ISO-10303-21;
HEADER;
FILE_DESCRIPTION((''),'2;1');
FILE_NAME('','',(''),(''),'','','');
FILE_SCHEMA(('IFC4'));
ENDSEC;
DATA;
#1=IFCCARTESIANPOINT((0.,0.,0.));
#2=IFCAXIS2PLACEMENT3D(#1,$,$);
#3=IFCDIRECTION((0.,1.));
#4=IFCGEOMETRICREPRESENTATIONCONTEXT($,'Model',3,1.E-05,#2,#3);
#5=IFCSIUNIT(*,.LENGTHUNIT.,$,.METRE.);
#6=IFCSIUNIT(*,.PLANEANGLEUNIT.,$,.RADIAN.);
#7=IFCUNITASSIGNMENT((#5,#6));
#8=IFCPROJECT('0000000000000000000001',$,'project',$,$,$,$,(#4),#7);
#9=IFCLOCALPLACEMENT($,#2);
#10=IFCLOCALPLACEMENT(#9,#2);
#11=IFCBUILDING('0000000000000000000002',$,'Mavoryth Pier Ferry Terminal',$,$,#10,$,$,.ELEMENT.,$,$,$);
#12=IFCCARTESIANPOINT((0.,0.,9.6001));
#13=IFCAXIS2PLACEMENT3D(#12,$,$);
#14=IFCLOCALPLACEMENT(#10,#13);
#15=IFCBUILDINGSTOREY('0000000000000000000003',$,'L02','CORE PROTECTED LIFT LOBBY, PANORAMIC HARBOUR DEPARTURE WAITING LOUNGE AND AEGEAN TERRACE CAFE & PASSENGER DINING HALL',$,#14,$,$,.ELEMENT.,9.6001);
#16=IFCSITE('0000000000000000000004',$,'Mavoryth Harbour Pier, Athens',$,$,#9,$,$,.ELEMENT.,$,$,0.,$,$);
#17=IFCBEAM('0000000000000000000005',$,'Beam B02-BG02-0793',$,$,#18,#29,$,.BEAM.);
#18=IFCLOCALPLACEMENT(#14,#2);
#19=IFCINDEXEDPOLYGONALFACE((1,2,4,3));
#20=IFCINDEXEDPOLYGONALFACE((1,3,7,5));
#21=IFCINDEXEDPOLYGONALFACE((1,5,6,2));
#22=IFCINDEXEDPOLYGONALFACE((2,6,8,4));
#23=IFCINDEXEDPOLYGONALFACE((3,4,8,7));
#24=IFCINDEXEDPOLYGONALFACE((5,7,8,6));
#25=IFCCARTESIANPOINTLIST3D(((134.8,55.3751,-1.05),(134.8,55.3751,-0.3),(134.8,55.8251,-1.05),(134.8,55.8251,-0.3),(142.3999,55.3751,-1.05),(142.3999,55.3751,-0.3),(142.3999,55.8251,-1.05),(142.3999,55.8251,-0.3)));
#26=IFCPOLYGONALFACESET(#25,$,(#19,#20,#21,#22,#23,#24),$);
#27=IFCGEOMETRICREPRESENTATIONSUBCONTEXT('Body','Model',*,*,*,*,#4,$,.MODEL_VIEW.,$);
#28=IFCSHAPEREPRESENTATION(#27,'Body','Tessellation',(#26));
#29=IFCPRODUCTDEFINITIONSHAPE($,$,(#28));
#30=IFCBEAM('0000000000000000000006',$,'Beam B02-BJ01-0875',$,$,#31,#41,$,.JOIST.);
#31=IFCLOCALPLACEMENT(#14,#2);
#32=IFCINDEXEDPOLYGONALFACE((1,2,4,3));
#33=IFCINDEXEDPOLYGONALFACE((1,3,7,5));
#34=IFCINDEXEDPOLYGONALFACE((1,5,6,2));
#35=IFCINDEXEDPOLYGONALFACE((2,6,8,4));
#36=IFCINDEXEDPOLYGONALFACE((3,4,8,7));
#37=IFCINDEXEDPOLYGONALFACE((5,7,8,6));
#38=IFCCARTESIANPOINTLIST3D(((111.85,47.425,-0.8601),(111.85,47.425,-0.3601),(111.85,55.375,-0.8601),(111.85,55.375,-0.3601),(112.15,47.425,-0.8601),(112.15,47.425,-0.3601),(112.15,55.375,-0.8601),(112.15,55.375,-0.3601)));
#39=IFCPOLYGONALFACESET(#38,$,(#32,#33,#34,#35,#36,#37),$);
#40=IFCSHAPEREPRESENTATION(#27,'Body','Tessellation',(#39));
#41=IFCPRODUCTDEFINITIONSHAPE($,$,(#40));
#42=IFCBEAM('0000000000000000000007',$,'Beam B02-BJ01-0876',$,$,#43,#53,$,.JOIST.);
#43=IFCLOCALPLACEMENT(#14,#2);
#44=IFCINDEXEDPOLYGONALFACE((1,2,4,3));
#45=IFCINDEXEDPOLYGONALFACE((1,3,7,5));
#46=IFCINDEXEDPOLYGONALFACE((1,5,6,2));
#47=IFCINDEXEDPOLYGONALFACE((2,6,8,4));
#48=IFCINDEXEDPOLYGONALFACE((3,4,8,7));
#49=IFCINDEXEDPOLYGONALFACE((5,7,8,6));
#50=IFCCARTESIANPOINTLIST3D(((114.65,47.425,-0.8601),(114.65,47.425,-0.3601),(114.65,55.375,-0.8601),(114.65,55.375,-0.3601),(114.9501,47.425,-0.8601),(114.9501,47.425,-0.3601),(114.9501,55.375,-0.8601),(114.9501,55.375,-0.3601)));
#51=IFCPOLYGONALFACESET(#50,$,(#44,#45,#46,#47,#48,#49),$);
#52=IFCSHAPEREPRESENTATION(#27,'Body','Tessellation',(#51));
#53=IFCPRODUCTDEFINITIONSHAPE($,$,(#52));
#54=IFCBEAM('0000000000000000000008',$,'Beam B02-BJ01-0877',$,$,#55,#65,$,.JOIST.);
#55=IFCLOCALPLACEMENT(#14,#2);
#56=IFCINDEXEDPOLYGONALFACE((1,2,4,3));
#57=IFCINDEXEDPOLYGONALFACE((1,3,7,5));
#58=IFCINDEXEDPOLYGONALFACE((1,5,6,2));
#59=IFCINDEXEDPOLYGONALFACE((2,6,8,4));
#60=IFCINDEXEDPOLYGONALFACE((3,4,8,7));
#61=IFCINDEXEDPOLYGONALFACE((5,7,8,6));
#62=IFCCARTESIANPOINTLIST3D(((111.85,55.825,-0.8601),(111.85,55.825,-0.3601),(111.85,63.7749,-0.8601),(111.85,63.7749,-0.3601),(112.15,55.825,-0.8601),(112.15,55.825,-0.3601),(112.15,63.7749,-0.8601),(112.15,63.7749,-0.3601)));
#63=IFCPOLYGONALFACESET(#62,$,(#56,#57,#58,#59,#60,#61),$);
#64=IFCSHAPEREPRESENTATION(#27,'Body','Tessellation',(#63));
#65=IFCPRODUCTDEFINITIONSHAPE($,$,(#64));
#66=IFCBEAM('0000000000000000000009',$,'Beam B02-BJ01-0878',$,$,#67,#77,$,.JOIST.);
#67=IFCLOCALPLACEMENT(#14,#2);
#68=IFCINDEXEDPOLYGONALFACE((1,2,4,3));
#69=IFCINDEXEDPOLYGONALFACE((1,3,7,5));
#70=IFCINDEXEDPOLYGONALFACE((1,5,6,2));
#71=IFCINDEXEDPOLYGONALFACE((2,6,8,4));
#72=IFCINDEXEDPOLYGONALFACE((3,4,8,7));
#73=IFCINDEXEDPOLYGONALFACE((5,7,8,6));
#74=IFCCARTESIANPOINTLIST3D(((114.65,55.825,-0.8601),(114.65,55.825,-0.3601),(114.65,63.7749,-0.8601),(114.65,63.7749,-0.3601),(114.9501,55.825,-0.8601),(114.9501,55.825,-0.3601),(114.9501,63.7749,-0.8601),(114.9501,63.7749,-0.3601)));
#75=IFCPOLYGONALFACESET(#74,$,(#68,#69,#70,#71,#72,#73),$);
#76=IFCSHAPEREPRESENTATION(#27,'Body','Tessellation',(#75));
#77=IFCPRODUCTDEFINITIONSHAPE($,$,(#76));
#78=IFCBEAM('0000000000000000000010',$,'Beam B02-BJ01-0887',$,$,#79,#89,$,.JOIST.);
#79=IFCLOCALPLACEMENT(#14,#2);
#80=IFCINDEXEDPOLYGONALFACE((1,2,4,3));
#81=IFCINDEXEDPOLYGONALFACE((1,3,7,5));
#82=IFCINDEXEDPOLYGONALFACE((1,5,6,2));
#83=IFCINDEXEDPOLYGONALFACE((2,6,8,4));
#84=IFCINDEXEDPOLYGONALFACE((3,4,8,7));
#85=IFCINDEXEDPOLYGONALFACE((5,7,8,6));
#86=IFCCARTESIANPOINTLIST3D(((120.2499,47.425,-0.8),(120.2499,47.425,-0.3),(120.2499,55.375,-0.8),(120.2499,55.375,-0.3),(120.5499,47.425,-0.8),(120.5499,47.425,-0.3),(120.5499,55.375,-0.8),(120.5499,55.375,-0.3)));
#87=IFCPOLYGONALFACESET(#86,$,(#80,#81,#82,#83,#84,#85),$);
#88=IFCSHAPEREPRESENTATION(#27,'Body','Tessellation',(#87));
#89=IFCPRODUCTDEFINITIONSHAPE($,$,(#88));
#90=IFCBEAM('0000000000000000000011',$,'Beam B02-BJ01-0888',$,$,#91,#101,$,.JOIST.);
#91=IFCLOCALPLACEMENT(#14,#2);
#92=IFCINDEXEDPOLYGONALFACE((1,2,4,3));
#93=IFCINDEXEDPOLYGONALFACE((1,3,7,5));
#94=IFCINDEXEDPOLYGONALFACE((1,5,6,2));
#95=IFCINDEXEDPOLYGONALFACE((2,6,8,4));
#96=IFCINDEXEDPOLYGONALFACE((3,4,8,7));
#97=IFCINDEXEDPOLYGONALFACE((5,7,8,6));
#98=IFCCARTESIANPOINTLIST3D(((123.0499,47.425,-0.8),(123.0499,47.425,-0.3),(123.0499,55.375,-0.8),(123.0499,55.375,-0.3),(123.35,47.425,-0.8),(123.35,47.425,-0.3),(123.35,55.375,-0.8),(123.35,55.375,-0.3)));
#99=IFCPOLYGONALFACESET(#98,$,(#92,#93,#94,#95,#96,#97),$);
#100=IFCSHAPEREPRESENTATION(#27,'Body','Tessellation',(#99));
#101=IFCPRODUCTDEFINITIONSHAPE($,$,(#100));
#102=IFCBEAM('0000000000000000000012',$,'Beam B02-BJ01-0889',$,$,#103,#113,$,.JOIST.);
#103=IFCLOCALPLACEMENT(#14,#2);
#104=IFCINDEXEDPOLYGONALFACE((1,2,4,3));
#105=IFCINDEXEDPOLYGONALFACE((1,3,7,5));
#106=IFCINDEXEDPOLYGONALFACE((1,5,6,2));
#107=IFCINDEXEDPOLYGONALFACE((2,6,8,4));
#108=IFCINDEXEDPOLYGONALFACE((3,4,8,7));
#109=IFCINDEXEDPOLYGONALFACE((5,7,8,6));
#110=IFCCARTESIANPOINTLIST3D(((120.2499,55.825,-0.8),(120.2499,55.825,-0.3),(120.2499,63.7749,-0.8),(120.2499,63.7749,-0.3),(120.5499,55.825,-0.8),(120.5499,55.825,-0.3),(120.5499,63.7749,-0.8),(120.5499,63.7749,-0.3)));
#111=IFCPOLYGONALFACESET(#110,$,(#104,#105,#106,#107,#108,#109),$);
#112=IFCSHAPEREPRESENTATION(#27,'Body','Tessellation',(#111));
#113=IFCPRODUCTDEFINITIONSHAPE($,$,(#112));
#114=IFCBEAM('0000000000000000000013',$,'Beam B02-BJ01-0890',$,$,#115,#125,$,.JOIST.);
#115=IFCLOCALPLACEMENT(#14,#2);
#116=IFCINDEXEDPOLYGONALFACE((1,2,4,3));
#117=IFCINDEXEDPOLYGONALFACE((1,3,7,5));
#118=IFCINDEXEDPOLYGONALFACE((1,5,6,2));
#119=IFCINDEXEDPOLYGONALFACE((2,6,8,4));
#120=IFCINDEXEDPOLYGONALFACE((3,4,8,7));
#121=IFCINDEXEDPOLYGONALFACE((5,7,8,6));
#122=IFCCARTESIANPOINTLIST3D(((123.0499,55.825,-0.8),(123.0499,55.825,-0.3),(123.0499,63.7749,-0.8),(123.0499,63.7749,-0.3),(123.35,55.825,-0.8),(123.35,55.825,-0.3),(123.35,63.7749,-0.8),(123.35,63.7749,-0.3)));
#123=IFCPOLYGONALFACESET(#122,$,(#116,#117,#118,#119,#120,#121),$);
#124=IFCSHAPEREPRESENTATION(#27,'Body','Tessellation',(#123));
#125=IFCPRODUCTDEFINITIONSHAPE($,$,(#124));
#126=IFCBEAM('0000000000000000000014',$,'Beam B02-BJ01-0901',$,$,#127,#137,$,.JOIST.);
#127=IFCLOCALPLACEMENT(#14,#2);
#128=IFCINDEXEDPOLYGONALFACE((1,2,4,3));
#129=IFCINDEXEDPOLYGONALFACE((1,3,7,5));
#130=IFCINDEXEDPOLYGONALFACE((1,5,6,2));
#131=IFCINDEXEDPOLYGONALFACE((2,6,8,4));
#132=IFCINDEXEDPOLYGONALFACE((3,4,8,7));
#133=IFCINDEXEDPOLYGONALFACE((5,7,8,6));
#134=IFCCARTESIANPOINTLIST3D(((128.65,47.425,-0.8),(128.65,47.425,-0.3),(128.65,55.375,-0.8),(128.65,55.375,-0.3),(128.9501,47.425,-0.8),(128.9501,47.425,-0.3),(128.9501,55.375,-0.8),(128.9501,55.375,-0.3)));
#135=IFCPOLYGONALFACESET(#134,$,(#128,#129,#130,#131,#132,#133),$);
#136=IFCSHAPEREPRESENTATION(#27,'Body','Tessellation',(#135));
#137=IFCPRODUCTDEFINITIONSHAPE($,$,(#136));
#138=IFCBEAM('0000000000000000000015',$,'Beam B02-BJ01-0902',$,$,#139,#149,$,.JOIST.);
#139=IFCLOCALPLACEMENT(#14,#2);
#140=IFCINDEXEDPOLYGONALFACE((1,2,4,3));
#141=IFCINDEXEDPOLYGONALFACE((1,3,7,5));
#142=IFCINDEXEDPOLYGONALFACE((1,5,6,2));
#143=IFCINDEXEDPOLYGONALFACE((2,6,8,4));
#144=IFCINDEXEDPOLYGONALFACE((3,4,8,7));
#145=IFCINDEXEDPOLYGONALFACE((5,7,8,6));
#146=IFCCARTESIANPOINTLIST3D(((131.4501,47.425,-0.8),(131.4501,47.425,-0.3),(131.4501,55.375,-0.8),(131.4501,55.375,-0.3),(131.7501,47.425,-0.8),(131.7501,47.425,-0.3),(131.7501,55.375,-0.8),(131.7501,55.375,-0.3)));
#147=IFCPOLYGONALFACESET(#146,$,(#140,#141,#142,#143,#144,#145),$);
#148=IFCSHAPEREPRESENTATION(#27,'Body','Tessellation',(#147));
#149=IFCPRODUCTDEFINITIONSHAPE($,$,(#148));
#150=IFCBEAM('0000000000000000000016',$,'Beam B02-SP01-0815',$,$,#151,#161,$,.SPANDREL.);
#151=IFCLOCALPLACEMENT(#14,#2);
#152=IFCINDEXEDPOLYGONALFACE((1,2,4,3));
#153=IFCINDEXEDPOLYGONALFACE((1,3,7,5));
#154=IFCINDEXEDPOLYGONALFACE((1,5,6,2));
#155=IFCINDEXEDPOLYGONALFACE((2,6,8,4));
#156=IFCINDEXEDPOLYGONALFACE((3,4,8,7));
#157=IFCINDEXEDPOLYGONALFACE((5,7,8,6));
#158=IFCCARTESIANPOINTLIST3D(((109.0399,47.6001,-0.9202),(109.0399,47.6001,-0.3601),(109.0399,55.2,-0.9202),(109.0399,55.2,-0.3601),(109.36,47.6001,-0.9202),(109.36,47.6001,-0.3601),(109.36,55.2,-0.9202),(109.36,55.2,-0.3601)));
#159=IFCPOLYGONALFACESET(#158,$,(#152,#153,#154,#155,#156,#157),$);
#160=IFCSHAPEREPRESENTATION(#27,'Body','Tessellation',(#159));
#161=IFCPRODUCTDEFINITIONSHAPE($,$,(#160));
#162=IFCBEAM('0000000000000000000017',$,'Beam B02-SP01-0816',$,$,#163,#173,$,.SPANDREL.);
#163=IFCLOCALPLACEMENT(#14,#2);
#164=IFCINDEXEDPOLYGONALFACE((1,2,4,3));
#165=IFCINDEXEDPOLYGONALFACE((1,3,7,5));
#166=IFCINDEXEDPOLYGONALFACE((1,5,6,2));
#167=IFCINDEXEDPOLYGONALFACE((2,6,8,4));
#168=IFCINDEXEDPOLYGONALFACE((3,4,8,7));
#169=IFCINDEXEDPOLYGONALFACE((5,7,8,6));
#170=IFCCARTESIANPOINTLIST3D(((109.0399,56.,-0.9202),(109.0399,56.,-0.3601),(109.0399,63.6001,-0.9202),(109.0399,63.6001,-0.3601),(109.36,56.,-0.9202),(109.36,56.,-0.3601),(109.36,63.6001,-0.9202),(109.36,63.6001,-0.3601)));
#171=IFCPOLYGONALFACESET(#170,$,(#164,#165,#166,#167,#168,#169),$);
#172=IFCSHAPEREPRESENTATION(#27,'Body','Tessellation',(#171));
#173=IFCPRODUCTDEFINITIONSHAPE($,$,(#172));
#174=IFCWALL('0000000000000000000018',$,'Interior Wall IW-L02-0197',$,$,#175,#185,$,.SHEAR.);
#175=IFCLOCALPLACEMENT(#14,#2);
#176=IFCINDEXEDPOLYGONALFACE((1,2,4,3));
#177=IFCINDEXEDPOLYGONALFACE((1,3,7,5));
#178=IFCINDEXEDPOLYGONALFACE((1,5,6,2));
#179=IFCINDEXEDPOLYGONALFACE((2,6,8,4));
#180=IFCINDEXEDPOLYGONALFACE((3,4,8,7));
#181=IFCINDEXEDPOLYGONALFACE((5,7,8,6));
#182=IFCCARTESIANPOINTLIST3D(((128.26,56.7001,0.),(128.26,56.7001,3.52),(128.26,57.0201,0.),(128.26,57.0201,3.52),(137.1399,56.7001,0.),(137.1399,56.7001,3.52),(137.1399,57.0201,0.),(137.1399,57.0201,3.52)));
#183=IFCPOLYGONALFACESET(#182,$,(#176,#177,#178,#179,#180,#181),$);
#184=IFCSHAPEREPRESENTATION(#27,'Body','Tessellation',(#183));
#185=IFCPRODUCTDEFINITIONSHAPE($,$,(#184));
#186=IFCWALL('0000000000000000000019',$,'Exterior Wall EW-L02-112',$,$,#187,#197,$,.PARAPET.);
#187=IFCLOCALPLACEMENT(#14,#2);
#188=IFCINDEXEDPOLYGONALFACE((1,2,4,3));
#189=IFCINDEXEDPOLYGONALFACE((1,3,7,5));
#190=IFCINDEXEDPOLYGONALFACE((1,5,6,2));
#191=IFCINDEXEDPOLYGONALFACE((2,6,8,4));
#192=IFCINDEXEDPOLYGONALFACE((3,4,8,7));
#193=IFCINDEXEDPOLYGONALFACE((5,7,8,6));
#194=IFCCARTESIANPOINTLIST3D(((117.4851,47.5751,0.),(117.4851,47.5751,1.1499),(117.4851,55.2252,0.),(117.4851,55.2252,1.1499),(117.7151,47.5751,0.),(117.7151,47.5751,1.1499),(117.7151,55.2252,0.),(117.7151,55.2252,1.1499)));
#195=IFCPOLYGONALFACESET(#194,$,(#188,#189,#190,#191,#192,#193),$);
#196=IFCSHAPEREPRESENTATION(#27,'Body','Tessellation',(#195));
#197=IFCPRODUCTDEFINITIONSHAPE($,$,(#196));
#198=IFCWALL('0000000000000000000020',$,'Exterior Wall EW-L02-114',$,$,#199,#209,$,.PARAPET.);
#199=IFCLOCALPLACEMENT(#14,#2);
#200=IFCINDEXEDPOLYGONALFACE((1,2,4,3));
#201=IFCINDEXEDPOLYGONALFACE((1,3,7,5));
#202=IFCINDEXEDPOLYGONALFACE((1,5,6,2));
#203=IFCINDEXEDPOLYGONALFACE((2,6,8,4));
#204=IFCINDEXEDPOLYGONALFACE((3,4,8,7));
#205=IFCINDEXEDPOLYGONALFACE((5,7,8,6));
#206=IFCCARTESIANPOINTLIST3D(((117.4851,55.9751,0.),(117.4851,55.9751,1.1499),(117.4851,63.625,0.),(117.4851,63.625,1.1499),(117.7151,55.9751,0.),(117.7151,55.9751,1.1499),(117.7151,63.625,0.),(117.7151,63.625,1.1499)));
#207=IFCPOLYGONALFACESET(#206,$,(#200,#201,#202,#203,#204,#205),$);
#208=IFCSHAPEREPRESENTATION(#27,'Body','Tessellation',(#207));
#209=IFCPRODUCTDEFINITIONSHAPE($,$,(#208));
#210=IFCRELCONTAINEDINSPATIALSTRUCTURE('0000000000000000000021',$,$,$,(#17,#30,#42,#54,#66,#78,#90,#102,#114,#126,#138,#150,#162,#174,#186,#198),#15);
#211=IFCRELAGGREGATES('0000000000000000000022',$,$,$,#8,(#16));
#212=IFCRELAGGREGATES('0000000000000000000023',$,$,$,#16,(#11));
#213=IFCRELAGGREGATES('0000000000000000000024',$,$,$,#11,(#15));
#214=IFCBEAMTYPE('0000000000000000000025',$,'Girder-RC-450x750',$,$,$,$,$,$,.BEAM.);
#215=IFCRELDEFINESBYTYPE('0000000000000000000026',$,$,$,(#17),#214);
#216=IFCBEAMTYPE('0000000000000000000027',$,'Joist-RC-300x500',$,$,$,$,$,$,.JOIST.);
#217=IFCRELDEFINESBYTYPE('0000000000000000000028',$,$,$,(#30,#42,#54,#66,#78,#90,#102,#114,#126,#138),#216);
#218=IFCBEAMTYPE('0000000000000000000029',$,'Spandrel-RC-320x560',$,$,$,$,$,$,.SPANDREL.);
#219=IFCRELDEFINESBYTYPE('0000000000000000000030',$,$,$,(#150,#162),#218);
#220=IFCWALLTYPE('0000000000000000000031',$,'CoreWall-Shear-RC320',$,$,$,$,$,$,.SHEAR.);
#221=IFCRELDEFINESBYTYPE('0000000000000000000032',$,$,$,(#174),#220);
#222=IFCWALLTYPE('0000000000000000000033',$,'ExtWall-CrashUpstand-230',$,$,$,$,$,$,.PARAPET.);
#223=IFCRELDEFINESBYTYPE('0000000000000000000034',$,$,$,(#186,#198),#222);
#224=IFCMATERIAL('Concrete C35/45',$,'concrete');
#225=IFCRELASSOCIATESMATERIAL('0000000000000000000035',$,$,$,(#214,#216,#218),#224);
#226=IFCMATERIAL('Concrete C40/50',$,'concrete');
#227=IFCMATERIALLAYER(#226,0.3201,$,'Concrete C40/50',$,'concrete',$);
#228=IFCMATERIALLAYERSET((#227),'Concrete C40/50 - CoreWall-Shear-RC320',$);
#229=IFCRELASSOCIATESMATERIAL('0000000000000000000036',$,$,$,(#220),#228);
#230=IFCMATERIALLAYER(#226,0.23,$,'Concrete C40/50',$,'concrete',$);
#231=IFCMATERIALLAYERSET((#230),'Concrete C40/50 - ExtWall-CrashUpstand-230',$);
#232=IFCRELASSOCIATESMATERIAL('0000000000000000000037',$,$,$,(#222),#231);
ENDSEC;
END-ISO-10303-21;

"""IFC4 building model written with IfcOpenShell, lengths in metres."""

from ifc_helpers import new_model, si_unit, direction, frame, frame_2d, origin, origin_2d, place, context, subcontext, project, spatial, rectangle, extrude, material, layer, layer_set, material_profile, profile_set, type_object, element, save


model = new_model("IFC4")

# Units and contexts
model_context = context("Model", 3, precision=1e-05, world=origin(), true_north=direction((0.0, 1.0)))
body_context = subcontext(model_context, "Body", "Model", "MODEL_VIEW")
ifc_project = project(units=[si_unit("LENGTHUNIT", "METRE"), si_unit("PLANEANGLEUNIT", "RADIAN")], contexts=[model_context])

# Site, building, storey
site_placement = place(None, origin())
site = spatial("IfcSite", under=ifc_project, at=site_placement, Name="Mavoryth Harbour Pier, Athens", CompositionType="ELEMENT", RefElevation=0.0)
building_placement = place(site_placement, origin())
building = spatial("IfcBuilding", under=site, at=building_placement, Name="Mavoryth Pier Ferry Terminal", CompositionType="ELEMENT")
storey_placement = place(building_placement, frame((0.0, 0.0, 9.6001)))
storey = spatial("IfcBuildingStorey", under=building, at=storey_placement, Name="L02", Description="CORE PROTECTED LIFT LOBBY, PANORAMIC HARBOUR DEPARTURE WAITING LOUNGE AND AEGEAN TERRACE CAFE & PASSENGER DINING HALL", CompositionType="ELEMENT", Elevation=9.6001)

# Shared definitions
ifc_material_1 = material(Name="Concrete C40/50", Category="concrete")

# Beams
ifc_material_2 = material(Name="Concrete C35/45", Category="concrete")
ifc_material_profile_1 = material_profile(ifc_material_2, rectangle(XDim=0.45, YDim=0.75, at=origin_2d()), Name="RC 450x750", Category="concrete")
ifc_profile_set_1 = profile_set([ifc_material_profile_1], Name="Concrete C35/45 - RC 450x750")
beam_type_1 = type_object("IfcBeamType", Name="Girder-RC-450x750", PredefinedType="BEAM", material=ifc_profile_set_1)
beam_1_placement = place(storey_placement, frame((134.8, 55.6001, -0.675), z_axis=(1.0, 0.0, 0.0), x_axis=(0.0, 1.0, 0.0)))
element("IfcBeam", 1, at=beam_1_placement, inside=storey, type_object=beam_type_1, Name="Beam B02-BG02-0793", PredefinedType="BEAM", context=body_context, shape_type="SweptSolid", body=[
    extrude(rectangle(XDim=0.45, YDim=0.75, at=origin_2d()), origin(), (0.0, 0.0, 1.0), 7.5999),
])
ifc_material_profile_2 = material_profile(ifc_material_2, rectangle(XDim=0.3, YDim=0.5, at=origin_2d()), Name="RC 300x500", Category="concrete")
ifc_profile_set_2 = profile_set([ifc_material_profile_2], Name="Concrete C35/45 - RC 300x500")
beam_type_2 = type_object("IfcBeamType", Name="Joist-RC-300x500", PredefinedType="JOIST", material=ifc_profile_set_2)
for number, where, z_axis, x_axis, name in (
    (2, (112.0, 47.425, -0.6101), (0.0, 1.0, 0.0), (-1.0, 0.0, 0.0), "Beam B02-BJ01-0875"),
    (3, (114.8, 47.425, -0.6101), (0.0, 1.0, 0.0), (-1.0, 0.0, 0.0), "Beam B02-BJ01-0876"),
    (4, (112.0, 55.825, -0.6101), (0.0, 1.0, 0.0), (-1.0, 0.0, 0.0), "Beam B02-BJ01-0877"),
    (5, (114.8, 55.825, -0.6101), (0.0, 1.0, 0.0), (-1.0, 0.0, 0.0), "Beam B02-BJ01-0878"),
    (6, (120.3999, 47.425, -0.55), (0.0, 1.0, 0.0), (-1.0, 0.0, 0.0), "Beam B02-BJ01-0887"),
    (7, (123.2, 47.425, -0.55), (0.0, 1.0, 0.0), (-1.0, 0.0, 0.0), "Beam B02-BJ01-0888"),
    (8, (120.3999, 55.825, -0.55), (0.0, 1.0, 0.0), (-1.0, 0.0, 0.0), "Beam B02-BJ01-0889"),
    (9, (123.2, 55.825, -0.55), (0.0, 1.0, 0.0), (-1.0, 0.0, 0.0), "Beam B02-BJ01-0890"),
    (10, (128.8, 47.425, -0.55), (0.0, 1.0, 0.0), (-1.0, 0.0, 0.0), "Beam B02-BJ01-0901"),
    (11, (131.6001, 47.425, -0.55), (0.0, 1.0, 0.0), (-1.0, 0.0, 0.0), "Beam B02-BJ01-0902"),
):
    element("IfcBeam", number, at=place(storey_placement, frame(where, z_axis=z_axis, x_axis=x_axis)), inside=storey, type_object=beam_type_2, Name=name, PredefinedType="JOIST", context=body_context, shape_type="SweptSolid", body=[
        extrude(rectangle(XDim=0.3, YDim=0.5, at=origin_2d()), origin(), (0.0, 0.0, 1.0), 7.95),
    ])
ifc_material_profile_3 = material_profile(ifc_material_2, rectangle(XDim=0.3201, YDim=0.5601, at=origin_2d()), Name="RC 320x560", Category="concrete")
ifc_profile_set_3 = profile_set([ifc_material_profile_3], Name="Concrete C35/45 - RC 320x560")
beam_type_3 = type_object("IfcBeamType", Name="Spandrel-RC-320x560", PredefinedType="SPANDREL", material=ifc_profile_set_3)
beam_2_placement = place(storey_placement, frame((109.2, 47.6001, -0.6401), z_axis=(0.0, 1.0, 0.0), x_axis=(-1.0, 0.0, 0.0)))
element("IfcBeam", 12, at=beam_2_placement, inside=storey, type_object=beam_type_3, Name="Beam B02-SP01-0815", PredefinedType="SPANDREL", context=body_context, shape_type="SweptSolid", body=[
    extrude(rectangle(XDim=0.3201, YDim=0.5601, at=origin_2d()), origin(), (0.0, 0.0, 1.0), 7.5999),
])
beam_3_placement = place(storey_placement, frame((109.2, 56.0, -0.6401), z_axis=(0.0, 1.0, 0.0), x_axis=(-1.0, 0.0, 0.0)))
element("IfcBeam", 13, at=beam_3_placement, inside=storey, type_object=beam_type_3, Name="Beam B02-SP01-0816", PredefinedType="SPANDREL", context=body_context, shape_type="SweptSolid", body=[
    extrude(rectangle(XDim=0.3201, YDim=0.5601, at=origin_2d()), origin(), (0.0, 0.0, 1.0), 7.6001),
])

# Walls
ifc_layer_1 = layer(ifc_material_1, 0.3201, Name="Concrete C40/50", Category="concrete")
ifc_layer_set_1 = layer_set([ifc_layer_1], Name="Concrete C40/50 - CoreWall-Shear-RC320")
wall_type_1 = type_object("IfcWallType", Name="CoreWall-Shear-RC320", PredefinedType="SHEAR", material=ifc_layer_set_1)
wall_1_placement = place(storey_placement, frame((128.26, 56.8601, 0.0), z_axis=(0.0, 0.0, 1.0), x_axis=(1.0, 0.0, 0.0)))
element("IfcWall", 14, at=wall_1_placement, inside=storey, type_object=wall_type_1, Name="Interior Wall IW-L02-0197", PredefinedType="SHEAR", context=body_context, shape_type="SweptSolid", body=[
    extrude(rectangle(XDim=8.8799, YDim=0.3201, at=frame_2d((4.4399, 0.0))), origin(), (0.0, 0.0, 1.0), 3.52),
])
ifc_layer_2 = layer(ifc_material_1, 0.23, Name="Concrete C40/50", Category="concrete")
ifc_layer_set_2 = layer_set([ifc_layer_2], Name="Concrete C40/50 - ExtWall-CrashUpstand-230")
wall_type_2 = type_object("IfcWallType", Name="ExtWall-CrashUpstand-230", PredefinedType="PARAPET", material=ifc_layer_set_2)
wall_2_placement = place(storey_placement, frame((117.6001, 47.575, 0.0), z_axis=(0.0, 0.0, 1.0), x_axis=(0.0, 1.0, 0.0)))
element("IfcWall", 15, at=wall_2_placement, inside=storey, type_object=wall_type_2, Name="Exterior Wall EW-L02-112", PredefinedType="PARAPET", context=body_context, shape_type="SweptSolid", body=[
    extrude(rectangle(XDim=7.6501, YDim=0.23, at=frame_2d((3.8252, 0.0))), origin(), (0.0, 0.0, 1.0), 1.1499),
])
wall_3_placement = place(storey_placement, frame((117.6001, 55.9751, 0.0), z_axis=(0.0, 0.0, 1.0), x_axis=(0.0, 1.0, 0.0)))
element("IfcWall", 16, at=wall_3_placement, inside=storey, type_object=wall_type_2, Name="Exterior Wall EW-L02-114", PredefinedType="PARAPET", context=body_context, shape_type="SweptSolid", body=[
    extrude(rectangle(XDim=7.6499, YDim=0.23, at=frame_2d((3.825, 0.0))), origin(), (0.0, 0.0, 1.0), 1.1499),
])

save(model, "model.ifc")
